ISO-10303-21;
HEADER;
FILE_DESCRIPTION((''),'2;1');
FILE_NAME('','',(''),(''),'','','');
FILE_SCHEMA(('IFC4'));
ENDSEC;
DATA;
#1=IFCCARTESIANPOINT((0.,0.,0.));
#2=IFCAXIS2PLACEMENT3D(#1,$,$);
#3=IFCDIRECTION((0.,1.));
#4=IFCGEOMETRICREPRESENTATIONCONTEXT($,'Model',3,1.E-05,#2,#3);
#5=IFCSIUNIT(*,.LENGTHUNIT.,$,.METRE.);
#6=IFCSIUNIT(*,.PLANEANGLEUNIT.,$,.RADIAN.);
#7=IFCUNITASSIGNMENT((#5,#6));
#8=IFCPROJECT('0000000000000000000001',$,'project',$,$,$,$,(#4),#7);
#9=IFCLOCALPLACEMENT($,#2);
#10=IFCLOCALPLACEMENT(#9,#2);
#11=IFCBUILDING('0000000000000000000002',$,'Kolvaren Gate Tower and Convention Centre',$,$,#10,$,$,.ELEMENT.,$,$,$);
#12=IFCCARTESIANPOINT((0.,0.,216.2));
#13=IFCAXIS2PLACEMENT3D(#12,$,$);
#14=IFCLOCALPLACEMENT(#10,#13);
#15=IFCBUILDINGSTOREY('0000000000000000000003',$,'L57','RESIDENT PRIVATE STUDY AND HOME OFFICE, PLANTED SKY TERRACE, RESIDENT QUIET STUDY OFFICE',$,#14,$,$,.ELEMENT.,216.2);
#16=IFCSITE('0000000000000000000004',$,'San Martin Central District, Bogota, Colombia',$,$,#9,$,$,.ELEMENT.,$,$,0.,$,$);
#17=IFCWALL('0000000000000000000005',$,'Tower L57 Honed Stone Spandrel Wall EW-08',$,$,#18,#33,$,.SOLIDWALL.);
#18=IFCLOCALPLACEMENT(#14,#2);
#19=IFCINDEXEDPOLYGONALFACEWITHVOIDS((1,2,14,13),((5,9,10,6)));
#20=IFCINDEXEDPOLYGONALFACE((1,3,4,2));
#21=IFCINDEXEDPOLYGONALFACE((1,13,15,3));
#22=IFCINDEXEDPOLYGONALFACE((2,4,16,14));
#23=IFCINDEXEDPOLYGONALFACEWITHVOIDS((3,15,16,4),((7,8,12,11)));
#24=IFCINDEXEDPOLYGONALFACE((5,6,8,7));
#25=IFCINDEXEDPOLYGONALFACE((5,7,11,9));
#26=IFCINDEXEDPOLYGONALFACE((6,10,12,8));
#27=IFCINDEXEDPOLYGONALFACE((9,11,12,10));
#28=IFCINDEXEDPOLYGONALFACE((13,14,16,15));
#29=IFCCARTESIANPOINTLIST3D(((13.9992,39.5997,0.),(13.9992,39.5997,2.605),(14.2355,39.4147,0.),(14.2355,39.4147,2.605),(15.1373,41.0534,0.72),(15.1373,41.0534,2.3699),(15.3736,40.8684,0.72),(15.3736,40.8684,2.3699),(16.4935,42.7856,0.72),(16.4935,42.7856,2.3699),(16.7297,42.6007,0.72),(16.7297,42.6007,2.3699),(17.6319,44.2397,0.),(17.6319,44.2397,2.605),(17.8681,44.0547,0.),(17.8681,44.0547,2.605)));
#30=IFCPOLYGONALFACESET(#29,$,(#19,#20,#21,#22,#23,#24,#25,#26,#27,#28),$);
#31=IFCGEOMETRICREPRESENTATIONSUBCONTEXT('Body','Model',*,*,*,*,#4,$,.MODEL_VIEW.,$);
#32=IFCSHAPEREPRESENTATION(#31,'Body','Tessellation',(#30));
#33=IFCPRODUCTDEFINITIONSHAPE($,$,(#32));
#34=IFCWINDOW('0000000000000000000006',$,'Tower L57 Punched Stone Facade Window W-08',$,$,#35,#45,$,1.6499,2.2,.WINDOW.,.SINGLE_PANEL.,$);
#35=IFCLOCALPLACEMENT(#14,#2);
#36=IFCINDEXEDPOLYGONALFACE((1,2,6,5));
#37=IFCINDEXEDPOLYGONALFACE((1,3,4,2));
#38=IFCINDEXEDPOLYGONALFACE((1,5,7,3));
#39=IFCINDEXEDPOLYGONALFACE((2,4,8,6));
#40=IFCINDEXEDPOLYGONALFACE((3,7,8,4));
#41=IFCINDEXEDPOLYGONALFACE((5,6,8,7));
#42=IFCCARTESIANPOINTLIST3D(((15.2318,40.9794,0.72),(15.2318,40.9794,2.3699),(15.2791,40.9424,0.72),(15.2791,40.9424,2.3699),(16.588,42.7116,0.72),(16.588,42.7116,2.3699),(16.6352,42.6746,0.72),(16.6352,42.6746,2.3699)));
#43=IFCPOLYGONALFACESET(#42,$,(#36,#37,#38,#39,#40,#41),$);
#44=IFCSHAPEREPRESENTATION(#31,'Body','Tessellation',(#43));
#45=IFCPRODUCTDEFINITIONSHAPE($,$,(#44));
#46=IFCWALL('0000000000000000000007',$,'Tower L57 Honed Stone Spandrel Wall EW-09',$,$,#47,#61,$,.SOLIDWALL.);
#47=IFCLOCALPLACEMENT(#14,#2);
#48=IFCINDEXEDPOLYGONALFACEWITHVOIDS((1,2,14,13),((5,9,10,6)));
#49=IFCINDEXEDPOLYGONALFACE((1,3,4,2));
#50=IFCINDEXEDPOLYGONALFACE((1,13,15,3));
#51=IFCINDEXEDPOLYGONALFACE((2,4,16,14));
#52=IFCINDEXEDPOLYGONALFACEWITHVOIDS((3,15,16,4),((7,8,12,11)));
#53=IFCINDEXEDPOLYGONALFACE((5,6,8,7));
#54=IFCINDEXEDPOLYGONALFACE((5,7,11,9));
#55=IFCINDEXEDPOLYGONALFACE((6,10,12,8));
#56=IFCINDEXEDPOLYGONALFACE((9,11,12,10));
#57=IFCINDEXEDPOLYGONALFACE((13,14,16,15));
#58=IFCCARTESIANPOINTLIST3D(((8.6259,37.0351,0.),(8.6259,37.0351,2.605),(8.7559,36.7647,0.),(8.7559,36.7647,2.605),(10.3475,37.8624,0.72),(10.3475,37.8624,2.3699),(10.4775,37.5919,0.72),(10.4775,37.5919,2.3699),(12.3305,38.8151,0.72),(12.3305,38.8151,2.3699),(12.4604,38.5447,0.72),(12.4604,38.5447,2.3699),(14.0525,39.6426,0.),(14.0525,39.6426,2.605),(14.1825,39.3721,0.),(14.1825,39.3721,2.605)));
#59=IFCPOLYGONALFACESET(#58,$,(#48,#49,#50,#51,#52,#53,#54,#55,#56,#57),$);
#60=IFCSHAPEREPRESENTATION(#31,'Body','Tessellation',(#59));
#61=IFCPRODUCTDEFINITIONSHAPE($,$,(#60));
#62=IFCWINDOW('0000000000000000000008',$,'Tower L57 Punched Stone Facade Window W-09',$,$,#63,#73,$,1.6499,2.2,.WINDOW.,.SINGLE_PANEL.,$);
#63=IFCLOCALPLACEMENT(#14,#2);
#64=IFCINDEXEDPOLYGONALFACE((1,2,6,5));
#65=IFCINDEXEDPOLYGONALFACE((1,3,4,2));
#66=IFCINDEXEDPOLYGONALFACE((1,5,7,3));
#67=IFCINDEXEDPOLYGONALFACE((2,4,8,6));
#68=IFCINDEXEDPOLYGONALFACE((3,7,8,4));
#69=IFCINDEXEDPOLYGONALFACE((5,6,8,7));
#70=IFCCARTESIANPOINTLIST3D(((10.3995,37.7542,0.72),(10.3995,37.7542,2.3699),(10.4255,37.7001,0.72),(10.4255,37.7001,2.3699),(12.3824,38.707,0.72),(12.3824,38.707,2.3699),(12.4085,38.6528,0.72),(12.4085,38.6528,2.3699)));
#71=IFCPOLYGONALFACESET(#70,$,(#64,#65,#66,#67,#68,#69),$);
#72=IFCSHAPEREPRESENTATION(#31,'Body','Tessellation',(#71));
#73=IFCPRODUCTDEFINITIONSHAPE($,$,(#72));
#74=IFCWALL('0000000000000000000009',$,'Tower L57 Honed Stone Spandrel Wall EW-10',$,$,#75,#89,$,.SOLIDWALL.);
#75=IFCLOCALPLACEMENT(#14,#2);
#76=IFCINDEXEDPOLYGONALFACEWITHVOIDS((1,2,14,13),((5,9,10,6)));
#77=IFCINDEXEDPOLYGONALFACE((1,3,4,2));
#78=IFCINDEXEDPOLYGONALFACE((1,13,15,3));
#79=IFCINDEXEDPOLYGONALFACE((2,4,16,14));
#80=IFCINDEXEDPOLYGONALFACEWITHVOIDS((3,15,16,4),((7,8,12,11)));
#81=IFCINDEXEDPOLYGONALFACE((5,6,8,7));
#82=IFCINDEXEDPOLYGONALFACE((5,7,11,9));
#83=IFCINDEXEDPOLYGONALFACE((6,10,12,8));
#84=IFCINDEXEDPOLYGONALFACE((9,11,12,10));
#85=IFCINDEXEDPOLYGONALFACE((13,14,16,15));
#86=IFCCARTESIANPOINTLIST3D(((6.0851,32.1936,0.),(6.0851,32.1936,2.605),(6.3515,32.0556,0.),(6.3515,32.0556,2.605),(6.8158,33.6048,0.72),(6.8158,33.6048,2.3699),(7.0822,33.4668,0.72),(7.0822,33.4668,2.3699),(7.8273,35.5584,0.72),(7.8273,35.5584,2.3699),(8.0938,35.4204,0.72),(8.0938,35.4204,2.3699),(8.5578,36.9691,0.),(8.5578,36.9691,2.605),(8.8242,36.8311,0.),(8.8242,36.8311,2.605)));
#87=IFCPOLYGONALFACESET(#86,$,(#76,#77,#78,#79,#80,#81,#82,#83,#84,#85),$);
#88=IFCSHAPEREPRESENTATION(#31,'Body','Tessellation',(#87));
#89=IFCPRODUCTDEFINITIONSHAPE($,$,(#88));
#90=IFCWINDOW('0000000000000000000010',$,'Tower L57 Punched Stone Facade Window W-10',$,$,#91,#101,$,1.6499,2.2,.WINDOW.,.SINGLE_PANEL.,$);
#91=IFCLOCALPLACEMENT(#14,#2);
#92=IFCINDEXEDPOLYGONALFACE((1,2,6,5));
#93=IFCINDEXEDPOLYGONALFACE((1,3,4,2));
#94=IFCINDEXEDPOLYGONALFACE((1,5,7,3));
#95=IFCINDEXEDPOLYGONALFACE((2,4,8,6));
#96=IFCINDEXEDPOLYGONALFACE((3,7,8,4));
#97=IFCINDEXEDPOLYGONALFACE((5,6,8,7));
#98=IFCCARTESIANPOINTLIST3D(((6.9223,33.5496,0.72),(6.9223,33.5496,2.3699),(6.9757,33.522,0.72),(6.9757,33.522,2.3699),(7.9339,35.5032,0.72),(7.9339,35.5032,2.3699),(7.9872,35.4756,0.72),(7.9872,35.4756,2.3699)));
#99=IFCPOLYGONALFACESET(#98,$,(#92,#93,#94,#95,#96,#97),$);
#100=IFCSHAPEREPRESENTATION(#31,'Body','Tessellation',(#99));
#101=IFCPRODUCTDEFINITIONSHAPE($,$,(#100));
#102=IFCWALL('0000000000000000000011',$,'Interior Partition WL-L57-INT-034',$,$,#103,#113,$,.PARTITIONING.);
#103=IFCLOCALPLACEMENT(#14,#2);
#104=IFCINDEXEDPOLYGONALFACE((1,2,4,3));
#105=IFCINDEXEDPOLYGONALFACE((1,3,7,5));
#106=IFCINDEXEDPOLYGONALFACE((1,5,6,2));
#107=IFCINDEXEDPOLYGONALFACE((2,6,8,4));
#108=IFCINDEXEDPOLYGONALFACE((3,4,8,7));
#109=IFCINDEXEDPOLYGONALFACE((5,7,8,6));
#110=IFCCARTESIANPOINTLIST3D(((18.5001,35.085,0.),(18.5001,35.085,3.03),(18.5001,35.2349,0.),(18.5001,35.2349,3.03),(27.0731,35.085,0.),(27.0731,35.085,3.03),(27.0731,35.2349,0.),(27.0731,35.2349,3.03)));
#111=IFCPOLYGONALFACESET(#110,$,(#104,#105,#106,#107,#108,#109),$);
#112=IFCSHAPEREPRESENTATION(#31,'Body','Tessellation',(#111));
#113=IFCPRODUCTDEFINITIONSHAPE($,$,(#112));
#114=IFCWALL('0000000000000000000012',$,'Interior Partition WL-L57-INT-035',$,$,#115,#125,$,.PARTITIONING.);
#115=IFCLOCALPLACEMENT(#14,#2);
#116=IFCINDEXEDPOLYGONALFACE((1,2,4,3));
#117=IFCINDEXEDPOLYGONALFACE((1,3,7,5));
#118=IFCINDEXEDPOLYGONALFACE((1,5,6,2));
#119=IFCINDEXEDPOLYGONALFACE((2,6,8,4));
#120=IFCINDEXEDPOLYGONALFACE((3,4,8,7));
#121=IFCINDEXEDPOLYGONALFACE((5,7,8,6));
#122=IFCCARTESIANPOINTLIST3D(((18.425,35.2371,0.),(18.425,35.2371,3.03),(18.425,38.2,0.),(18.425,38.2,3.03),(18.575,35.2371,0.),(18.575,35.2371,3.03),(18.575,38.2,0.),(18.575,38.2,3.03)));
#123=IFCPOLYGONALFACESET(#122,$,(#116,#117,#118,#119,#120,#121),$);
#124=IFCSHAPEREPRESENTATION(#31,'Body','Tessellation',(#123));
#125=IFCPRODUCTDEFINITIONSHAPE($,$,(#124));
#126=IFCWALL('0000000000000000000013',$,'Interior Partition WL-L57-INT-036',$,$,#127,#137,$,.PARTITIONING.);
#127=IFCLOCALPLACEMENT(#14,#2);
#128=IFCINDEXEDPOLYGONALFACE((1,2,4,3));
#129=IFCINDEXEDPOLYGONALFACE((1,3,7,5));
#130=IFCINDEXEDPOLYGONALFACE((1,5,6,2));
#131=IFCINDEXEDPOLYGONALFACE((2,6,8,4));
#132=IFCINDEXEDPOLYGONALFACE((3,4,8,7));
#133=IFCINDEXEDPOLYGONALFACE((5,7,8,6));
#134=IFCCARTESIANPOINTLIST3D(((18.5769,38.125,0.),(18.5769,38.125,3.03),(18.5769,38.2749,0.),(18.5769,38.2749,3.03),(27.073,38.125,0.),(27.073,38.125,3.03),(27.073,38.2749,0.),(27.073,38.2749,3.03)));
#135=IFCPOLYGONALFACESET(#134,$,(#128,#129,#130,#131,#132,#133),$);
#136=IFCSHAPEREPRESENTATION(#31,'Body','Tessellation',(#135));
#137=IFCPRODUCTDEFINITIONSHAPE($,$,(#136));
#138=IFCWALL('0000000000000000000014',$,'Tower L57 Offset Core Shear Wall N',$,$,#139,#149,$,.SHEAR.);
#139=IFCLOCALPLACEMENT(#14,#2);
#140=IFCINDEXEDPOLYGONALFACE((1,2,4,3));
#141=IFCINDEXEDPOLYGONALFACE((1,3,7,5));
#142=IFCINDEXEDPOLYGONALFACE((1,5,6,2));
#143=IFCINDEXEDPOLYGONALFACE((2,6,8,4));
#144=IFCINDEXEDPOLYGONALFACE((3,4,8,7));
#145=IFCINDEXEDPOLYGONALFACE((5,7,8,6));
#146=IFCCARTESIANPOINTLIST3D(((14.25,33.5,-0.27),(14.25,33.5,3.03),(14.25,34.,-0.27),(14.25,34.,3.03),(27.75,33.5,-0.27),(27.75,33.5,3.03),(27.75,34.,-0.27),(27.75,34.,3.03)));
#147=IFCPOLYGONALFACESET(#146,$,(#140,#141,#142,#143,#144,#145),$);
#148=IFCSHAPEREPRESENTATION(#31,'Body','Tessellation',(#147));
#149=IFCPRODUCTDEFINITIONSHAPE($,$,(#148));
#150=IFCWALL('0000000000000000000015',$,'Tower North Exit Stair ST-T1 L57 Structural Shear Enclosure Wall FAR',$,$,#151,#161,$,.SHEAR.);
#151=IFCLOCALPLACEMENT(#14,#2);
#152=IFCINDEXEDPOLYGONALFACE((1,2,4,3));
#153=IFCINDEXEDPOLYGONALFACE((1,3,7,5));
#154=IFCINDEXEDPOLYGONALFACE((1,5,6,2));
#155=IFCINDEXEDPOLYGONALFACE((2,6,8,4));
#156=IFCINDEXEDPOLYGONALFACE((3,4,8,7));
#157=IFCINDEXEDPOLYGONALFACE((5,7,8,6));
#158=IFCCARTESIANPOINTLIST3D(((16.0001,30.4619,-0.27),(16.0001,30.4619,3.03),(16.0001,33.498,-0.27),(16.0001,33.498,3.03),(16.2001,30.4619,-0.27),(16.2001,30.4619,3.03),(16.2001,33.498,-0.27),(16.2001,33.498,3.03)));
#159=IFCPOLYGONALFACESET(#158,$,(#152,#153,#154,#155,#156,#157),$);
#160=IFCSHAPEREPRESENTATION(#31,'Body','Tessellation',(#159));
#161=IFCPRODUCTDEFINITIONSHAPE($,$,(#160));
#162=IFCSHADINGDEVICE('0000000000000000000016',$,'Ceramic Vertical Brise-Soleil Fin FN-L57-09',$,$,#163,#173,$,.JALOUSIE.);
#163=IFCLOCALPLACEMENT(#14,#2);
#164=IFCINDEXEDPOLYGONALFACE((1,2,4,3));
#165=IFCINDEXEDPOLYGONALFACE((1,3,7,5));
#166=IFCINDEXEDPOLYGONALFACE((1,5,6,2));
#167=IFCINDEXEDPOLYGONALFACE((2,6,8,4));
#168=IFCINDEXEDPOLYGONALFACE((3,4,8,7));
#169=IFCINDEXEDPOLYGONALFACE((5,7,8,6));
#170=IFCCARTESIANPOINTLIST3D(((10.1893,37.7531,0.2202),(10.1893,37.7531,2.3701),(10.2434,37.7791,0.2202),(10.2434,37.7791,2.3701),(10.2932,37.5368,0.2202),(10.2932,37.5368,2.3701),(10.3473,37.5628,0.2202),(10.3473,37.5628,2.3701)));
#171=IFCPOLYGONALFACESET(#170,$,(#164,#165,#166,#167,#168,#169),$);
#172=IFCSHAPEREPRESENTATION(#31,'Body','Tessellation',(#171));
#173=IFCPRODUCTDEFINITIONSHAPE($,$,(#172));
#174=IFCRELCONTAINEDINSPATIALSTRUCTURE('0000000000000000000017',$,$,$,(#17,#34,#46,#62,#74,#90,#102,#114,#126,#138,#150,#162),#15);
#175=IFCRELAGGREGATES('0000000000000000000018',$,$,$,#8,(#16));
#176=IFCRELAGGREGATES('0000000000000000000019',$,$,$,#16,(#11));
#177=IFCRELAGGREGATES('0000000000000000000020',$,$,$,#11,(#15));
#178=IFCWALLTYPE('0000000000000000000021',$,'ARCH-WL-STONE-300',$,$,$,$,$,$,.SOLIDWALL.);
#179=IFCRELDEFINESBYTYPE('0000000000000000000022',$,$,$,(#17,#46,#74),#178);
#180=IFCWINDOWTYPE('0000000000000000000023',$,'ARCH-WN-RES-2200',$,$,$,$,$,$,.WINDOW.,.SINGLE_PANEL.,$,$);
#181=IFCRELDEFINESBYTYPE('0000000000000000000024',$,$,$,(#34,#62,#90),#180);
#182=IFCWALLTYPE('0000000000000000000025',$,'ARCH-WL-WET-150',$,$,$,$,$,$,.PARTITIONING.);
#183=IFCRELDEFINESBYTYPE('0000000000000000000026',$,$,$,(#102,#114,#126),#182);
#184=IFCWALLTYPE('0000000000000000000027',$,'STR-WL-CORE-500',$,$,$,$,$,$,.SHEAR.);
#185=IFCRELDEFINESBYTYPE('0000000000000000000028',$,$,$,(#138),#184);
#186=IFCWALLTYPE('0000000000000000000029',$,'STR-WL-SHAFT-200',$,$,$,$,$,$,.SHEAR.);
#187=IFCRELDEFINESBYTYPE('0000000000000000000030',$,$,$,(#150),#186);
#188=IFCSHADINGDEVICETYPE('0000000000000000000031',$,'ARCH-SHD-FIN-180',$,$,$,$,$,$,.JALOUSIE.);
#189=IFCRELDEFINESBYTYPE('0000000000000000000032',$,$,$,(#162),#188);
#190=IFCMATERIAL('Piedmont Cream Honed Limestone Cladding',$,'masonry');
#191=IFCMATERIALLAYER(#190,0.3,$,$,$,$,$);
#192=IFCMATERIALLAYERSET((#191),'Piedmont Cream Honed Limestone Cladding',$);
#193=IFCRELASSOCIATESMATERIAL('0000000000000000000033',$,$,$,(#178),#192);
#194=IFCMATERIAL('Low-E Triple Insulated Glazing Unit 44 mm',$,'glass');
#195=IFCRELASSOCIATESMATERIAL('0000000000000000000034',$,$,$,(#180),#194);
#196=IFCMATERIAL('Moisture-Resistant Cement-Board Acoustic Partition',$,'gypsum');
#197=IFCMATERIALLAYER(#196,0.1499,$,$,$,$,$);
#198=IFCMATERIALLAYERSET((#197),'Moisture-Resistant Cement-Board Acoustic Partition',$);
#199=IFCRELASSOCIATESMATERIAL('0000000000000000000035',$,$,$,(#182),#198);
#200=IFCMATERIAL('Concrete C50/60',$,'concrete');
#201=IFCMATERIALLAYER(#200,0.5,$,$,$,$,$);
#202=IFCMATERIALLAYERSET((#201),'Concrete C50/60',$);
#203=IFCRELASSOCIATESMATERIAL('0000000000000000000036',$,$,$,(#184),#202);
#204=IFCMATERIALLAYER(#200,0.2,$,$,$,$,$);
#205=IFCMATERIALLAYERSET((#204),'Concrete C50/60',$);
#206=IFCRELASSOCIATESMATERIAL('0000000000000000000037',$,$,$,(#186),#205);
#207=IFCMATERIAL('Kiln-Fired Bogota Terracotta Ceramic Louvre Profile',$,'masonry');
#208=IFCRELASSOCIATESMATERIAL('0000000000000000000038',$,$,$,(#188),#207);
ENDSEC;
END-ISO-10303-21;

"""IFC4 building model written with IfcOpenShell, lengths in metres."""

from ifc_helpers import new_model, si_unit, direction, frame, frame_2d, origin, origin_2d, place, context, subcontext, project, spatial, rectangle, extrude, material, layer, layer_set, type_object, element, fill, save


model = new_model("IFC4")

# Units and contexts
model_context = context("Model", 3, precision=1e-05, world=origin(), true_north=direction((0.0, 1.0)))
body_context = subcontext(model_context, "Body", "Model", "MODEL_VIEW")
ifc_project = project(units=[si_unit("LENGTHUNIT", "METRE"), si_unit("PLANEANGLEUNIT", "RADIAN")], contexts=[model_context])

# Site, building, storey
site_placement = place(None, origin())
site = spatial("IfcSite", under=ifc_project, at=site_placement, Name="San Martin Central District, Bogota, Colombia", CompositionType="ELEMENT", RefElevation=0.0)
building_placement = place(site_placement, origin())
building = spatial("IfcBuilding", under=site, at=building_placement, Name="Kolvaren Gate Tower and Convention Centre", CompositionType="ELEMENT")
storey_placement = place(building_placement, frame((0.0, 0.0, 216.2)))
storey = spatial("IfcBuildingStorey", under=building, at=storey_placement, Name="L57", Description="RESIDENT PRIVATE STUDY AND HOME OFFICE, PLANTED SKY TERRACE, RESIDENT QUIET STUDY OFFICE", CompositionType="ELEMENT", Elevation=216.2)

# Walls, openings, windows
ifc_material_1 = material(Name="Piedmont Cream Honed Limestone Cladding", Category="masonry")
ifc_layer_1 = layer(ifc_material_1, 0.3)
ifc_layer_set_1 = layer_set([ifc_layer_1], Name="Piedmont Cream Honed Limestone Cladding")
wall_type_1 = type_object("IfcWallType", Name="ARCH-WL-STONE-300", PredefinedType="SOLIDWALL", material=ifc_layer_set_1)
ifc_material_2 = material(Name="Low-E Triple Insulated Glazing Unit 44 mm", Category="glass")
window_type = type_object("IfcWindowType", Name="ARCH-WN-RES-2200", PartitioningType="SINGLE_PANEL", PredefinedType="WINDOW", material=ifc_material_2)
wall_1_placement = place(storey_placement, frame((14.1174, 39.5073, 0.0), z_axis=(0.0, 0.0, 1.0), x_axis=(0.61645, 0.787394, 0.0)))
wall_1 = element("IfcWall", 1, at=wall_1_placement, inside=storey, type_object=wall_type_1, Name="Tower L57 Honed Stone Spandrel Wall EW-08", PredefinedType="SOLIDWALL", context=body_context, shape_type="SweptSolid", body=[
    extrude(rectangle(XDim=5.8928, YDim=0.3, at=frame_2d((2.9463, 0.0))), origin(), (0.0, 0.0, 1.0), 2.605),
])
opening_1_placement = place(wall_1_placement, frame((1.8459, 0.0, 0.72)))
opening_1 = element("IfcOpeningElement", 2, at=opening_1_placement, cuts=wall_1, PredefinedType="OPENING", context=body_context, shape_type="SweptSolid", body=[
    extrude(rectangle(XDim=2.2, YDim=1.6499, at=frame_2d((1.1001, 0.825))), frame((0.0, 0.1599, 0.0), z_axis=(0.0, -1.0, 0.0), x_axis=(1.0, 0.0, 0.0)), (0.0, 0.0, 1.0), 0.3201),
])
window_1_placement = place(opening_1_placement, origin())
window_1 = element("IfcWindow", 3, at=window_1_placement, inside=storey, type_object=window_type, Name="Tower L57 Punched Stone Facade Window W-08", OverallHeight=1.6499, OverallWidth=2.2, PartitioningType="SINGLE_PANEL", PredefinedType="WINDOW", context=body_context, shape_type="SweptSolid", body=[
    extrude(rectangle(XDim=2.2, YDim=1.6499, at=frame_2d((1.1001, 0.825))), frame((0.0, 0.03, 0.0), z_axis=(0.0, -1.0, 0.0), x_axis=(1.0, 0.0, 0.0)), (0.0, 0.0, 1.0), 0.0601),
])
fill(opening_1, window_1)
wall_2_placement = place(storey_placement, frame((8.6909, 36.8999, 0.0), z_axis=(0.0, 0.0, 1.0), x_axis=(0.901348, 0.433095, 0.0)))
wall_2 = element("IfcWall", 4, at=wall_2_placement, inside=storey, type_object=wall_type_1, Name="Tower L57 Honed Stone Spandrel Wall EW-09", PredefinedType="SOLIDWALL", context=body_context, shape_type="SweptSolid", body=[
    extrude(rectangle(XDim=6.0205, YDim=0.3, at=frame_2d((3.0103, 0.0))), origin(), (0.0, 0.0, 1.0), 2.605),
])
opening_2_placement = place(wall_2_placement, frame((1.9099, 0.0, 0.72)))
opening_2 = element("IfcOpeningElement", 5, at=opening_2_placement, cuts=wall_2, PredefinedType="OPENING", context=body_context, shape_type="SweptSolid", body=[
    extrude(rectangle(XDim=2.2, YDim=1.6499, at=frame_2d((1.1001, 0.825))), frame((0.0, 0.1599, 0.0), z_axis=(0.0, -1.0, 0.0), x_axis=(1.0, 0.0, 0.0)), (0.0, 0.0, 1.0), 0.3201),
])
window_2_placement = place(opening_2_placement, origin())
window_2 = element("IfcWindow", 6, at=window_2_placement, inside=storey, type_object=window_type, Name="Tower L57 Punched Stone Facade Window W-09", OverallHeight=1.6499, OverallWidth=2.2, PartitioningType="SINGLE_PANEL", PredefinedType="WINDOW", context=body_context, shape_type="SweptSolid", body=[
    extrude(rectangle(XDim=2.2, YDim=1.6499, at=frame_2d((1.1001, 0.825))), frame((0.0, 0.03, 0.0), z_axis=(0.0, -1.0, 0.0), x_axis=(1.0, 0.0, 0.0)), (0.0, 0.0, 1.0), 0.0601),
])
fill(opening_2, window_2)
wall_3_placement = place(storey_placement, frame((6.2183, 32.1245, 0.0), z_axis=(0.0, 0.0, 1.0), x_axis=(0.459808, 0.888018, 0.0)))
wall_3 = element("IfcWall", 7, at=wall_3_placement, inside=storey, type_object=wall_type_1, Name="Tower L57 Honed Stone Spandrel Wall EW-10", PredefinedType="SOLIDWALL", context=body_context, shape_type="SweptSolid", body=[
    extrude(rectangle(XDim=5.3777, YDim=0.3, at=frame_2d((2.689, 0.0))), origin(), (0.0, 0.0, 1.0), 2.605),
])
opening_3_placement = place(wall_3_placement, frame((1.5891, 0.0, 0.72)))
opening_3 = element("IfcOpeningElement", 8, at=opening_3_placement, cuts=wall_3, PredefinedType="OPENING", context=body_context, shape_type="SweptSolid", body=[
    extrude(rectangle(XDim=2.2, YDim=1.6499, at=frame_2d((1.1001, 0.825))), frame((0.0, 0.1599, 0.0), z_axis=(0.0, -1.0, 0.0), x_axis=(1.0, 0.0, 0.0)), (0.0, 0.0, 1.0), 0.3201),
])
window_3_placement = place(opening_3_placement, origin())
window_3 = element("IfcWindow", 9, at=window_3_placement, inside=storey, type_object=window_type, Name="Tower L57 Punched Stone Facade Window W-10", OverallHeight=1.6499, OverallWidth=2.2, PartitioningType="SINGLE_PANEL", PredefinedType="WINDOW", context=body_context, shape_type="SweptSolid", body=[
    extrude(rectangle(XDim=2.2, YDim=1.6499, at=frame_2d((1.1001, 0.825))), frame((0.0, 0.03, 0.0), z_axis=(0.0, -1.0, 0.0), x_axis=(1.0, 0.0, 0.0)), (0.0, 0.0, 1.0), 0.0601),
])
fill(opening_3, window_3)

# Walls
ifc_material_3 = material(Name="Moisture-Resistant Cement-Board Acoustic Partition", Category="gypsum")
ifc_layer_2 = layer(ifc_material_3, 0.1499)
ifc_layer_set_2 = layer_set([ifc_layer_2], Name="Moisture-Resistant Cement-Board Acoustic Partition")
wall_type_2 = type_object("IfcWallType", Name="ARCH-WL-WET-150", PredefinedType="PARTITIONING", material=ifc_layer_set_2)
wall_4_placement = place(storey_placement, frame((18.5, 35.1599, 0.0), z_axis=(0.0, 0.0, 1.0), x_axis=(1.0, 0.0, 0.0)))
element("IfcWall", 10, at=wall_4_placement, inside=storey, type_object=wall_type_2, Name="Interior Partition WL-L57-INT-034", PredefinedType="PARTITIONING", context=body_context, shape_type="SweptSolid", body=[
    extrude(rectangle(XDim=8.573, YDim=0.1499, at=frame_2d((4.2866, 0.0))), origin(), (0.0, 0.0, 1.0), 3.03),
])
wall_5_placement = place(storey_placement, frame((18.5, 35.2371, 0.0), z_axis=(0.0, 0.0, 1.0), x_axis=(0.0, 1.0, 0.0)))
element("IfcWall", 11, at=wall_5_placement, inside=storey, type_object=wall_type_2, Name="Interior Partition WL-L57-INT-035", PredefinedType="PARTITIONING", context=body_context, shape_type="SweptSolid", body=[
    extrude(rectangle(XDim=2.9629, YDim=0.1499, at=frame_2d((1.4814, 0.0))), origin(), (0.0, 0.0, 1.0), 3.03),
])
wall_6_placement = place(storey_placement, frame((18.5769, 38.2, 0.0), z_axis=(0.0, 0.0, 1.0), x_axis=(1.0, 0.0, 0.0)))
element("IfcWall", 12, at=wall_6_placement, inside=storey, type_object=wall_type_2, Name="Interior Partition WL-L57-INT-036", PredefinedType="PARTITIONING", context=body_context, shape_type="SweptSolid", body=[
    extrude(rectangle(XDim=8.4961, YDim=0.1499, at=frame_2d((4.248, 0.0))), origin(), (0.0, 0.0, 1.0), 3.03),
])
ifc_material_4 = material(Name="Concrete C50/60", Category="concrete")
ifc_layer_3 = layer(ifc_material_4, 0.5)
ifc_layer_set_3 = layer_set([ifc_layer_3], Name="Concrete C50/60")
wall_type_3 = type_object("IfcWallType", Name="STR-WL-CORE-500", PredefinedType="SHEAR", material=ifc_layer_set_3)
wall_7_placement = place(storey_placement, frame((14.25, 33.75, -0.27), z_axis=(0.0, 0.0, 1.0), x_axis=(1.0, 0.0, 0.0)))
element("IfcWall", 13, at=wall_7_placement, inside=storey, type_object=wall_type_3, Name="Tower L57 Offset Core Shear Wall N", PredefinedType="SHEAR", context=body_context, shape_type="SweptSolid", body=[
    extrude(rectangle(XDim=13.5, YDim=0.5, at=frame_2d((6.75, 0.0))), origin(), (0.0, 0.0, 1.0), 3.3),
])
ifc_layer_4 = layer(ifc_material_4, 0.2)
ifc_layer_set_4 = layer_set([ifc_layer_4], Name="Concrete C50/60")
wall_type_4 = type_object("IfcWallType", Name="STR-WL-SHAFT-200", PredefinedType="SHEAR", material=ifc_layer_set_4)
wall_8_placement = place(storey_placement, frame((16.1001, 30.4619, -0.27), z_axis=(0.0, 0.0, 1.0), x_axis=(0.0, 1.0, 0.0)))
element("IfcWall", 14, at=wall_8_placement, inside=storey, type_object=wall_type_4, Name="Tower North Exit Stair ST-T1 L57 Structural Shear Enclosure Wall FAR", PredefinedType="SHEAR", context=body_context, shape_type="SweptSolid", body=[
    extrude(rectangle(XDim=3.0361, YDim=0.2, at=frame_2d((1.5181, 0.0))), origin(), (0.0, 0.0, 1.0), 3.3),
])

# Shading device
ifc_material_5 = material(Name="Kiln-Fired Bogota Terracotta Ceramic Louvre Profile", Category="masonry")
shading_device_type = type_object("IfcShadingDeviceType", Name="ARCH-SHD-FIN-180", PredefinedType="JALOUSIE", material=ifc_material_5)
shading_device_placement = place(storey_placement, frame((10.2683, 37.658, 0.2202), z_axis=(0.0, 0.0, 1.0), x_axis=(0.901359, 0.433072, 0.0)))
element("IfcShadingDevice", 15, at=shading_device_placement, inside=storey, type_object=shading_device_type, Name="Ceramic Vertical Brise-Soleil Fin FN-L57-09", PredefinedType="JALOUSIE", context=body_context, shape_type="SweptSolid", body=[
    extrude(rectangle(XDim=0.0601, YDim=0.24, at=origin_2d()), origin(), (0.0, 0.0, 1.0), 2.1499),
])

save(model, "model.ifc")
